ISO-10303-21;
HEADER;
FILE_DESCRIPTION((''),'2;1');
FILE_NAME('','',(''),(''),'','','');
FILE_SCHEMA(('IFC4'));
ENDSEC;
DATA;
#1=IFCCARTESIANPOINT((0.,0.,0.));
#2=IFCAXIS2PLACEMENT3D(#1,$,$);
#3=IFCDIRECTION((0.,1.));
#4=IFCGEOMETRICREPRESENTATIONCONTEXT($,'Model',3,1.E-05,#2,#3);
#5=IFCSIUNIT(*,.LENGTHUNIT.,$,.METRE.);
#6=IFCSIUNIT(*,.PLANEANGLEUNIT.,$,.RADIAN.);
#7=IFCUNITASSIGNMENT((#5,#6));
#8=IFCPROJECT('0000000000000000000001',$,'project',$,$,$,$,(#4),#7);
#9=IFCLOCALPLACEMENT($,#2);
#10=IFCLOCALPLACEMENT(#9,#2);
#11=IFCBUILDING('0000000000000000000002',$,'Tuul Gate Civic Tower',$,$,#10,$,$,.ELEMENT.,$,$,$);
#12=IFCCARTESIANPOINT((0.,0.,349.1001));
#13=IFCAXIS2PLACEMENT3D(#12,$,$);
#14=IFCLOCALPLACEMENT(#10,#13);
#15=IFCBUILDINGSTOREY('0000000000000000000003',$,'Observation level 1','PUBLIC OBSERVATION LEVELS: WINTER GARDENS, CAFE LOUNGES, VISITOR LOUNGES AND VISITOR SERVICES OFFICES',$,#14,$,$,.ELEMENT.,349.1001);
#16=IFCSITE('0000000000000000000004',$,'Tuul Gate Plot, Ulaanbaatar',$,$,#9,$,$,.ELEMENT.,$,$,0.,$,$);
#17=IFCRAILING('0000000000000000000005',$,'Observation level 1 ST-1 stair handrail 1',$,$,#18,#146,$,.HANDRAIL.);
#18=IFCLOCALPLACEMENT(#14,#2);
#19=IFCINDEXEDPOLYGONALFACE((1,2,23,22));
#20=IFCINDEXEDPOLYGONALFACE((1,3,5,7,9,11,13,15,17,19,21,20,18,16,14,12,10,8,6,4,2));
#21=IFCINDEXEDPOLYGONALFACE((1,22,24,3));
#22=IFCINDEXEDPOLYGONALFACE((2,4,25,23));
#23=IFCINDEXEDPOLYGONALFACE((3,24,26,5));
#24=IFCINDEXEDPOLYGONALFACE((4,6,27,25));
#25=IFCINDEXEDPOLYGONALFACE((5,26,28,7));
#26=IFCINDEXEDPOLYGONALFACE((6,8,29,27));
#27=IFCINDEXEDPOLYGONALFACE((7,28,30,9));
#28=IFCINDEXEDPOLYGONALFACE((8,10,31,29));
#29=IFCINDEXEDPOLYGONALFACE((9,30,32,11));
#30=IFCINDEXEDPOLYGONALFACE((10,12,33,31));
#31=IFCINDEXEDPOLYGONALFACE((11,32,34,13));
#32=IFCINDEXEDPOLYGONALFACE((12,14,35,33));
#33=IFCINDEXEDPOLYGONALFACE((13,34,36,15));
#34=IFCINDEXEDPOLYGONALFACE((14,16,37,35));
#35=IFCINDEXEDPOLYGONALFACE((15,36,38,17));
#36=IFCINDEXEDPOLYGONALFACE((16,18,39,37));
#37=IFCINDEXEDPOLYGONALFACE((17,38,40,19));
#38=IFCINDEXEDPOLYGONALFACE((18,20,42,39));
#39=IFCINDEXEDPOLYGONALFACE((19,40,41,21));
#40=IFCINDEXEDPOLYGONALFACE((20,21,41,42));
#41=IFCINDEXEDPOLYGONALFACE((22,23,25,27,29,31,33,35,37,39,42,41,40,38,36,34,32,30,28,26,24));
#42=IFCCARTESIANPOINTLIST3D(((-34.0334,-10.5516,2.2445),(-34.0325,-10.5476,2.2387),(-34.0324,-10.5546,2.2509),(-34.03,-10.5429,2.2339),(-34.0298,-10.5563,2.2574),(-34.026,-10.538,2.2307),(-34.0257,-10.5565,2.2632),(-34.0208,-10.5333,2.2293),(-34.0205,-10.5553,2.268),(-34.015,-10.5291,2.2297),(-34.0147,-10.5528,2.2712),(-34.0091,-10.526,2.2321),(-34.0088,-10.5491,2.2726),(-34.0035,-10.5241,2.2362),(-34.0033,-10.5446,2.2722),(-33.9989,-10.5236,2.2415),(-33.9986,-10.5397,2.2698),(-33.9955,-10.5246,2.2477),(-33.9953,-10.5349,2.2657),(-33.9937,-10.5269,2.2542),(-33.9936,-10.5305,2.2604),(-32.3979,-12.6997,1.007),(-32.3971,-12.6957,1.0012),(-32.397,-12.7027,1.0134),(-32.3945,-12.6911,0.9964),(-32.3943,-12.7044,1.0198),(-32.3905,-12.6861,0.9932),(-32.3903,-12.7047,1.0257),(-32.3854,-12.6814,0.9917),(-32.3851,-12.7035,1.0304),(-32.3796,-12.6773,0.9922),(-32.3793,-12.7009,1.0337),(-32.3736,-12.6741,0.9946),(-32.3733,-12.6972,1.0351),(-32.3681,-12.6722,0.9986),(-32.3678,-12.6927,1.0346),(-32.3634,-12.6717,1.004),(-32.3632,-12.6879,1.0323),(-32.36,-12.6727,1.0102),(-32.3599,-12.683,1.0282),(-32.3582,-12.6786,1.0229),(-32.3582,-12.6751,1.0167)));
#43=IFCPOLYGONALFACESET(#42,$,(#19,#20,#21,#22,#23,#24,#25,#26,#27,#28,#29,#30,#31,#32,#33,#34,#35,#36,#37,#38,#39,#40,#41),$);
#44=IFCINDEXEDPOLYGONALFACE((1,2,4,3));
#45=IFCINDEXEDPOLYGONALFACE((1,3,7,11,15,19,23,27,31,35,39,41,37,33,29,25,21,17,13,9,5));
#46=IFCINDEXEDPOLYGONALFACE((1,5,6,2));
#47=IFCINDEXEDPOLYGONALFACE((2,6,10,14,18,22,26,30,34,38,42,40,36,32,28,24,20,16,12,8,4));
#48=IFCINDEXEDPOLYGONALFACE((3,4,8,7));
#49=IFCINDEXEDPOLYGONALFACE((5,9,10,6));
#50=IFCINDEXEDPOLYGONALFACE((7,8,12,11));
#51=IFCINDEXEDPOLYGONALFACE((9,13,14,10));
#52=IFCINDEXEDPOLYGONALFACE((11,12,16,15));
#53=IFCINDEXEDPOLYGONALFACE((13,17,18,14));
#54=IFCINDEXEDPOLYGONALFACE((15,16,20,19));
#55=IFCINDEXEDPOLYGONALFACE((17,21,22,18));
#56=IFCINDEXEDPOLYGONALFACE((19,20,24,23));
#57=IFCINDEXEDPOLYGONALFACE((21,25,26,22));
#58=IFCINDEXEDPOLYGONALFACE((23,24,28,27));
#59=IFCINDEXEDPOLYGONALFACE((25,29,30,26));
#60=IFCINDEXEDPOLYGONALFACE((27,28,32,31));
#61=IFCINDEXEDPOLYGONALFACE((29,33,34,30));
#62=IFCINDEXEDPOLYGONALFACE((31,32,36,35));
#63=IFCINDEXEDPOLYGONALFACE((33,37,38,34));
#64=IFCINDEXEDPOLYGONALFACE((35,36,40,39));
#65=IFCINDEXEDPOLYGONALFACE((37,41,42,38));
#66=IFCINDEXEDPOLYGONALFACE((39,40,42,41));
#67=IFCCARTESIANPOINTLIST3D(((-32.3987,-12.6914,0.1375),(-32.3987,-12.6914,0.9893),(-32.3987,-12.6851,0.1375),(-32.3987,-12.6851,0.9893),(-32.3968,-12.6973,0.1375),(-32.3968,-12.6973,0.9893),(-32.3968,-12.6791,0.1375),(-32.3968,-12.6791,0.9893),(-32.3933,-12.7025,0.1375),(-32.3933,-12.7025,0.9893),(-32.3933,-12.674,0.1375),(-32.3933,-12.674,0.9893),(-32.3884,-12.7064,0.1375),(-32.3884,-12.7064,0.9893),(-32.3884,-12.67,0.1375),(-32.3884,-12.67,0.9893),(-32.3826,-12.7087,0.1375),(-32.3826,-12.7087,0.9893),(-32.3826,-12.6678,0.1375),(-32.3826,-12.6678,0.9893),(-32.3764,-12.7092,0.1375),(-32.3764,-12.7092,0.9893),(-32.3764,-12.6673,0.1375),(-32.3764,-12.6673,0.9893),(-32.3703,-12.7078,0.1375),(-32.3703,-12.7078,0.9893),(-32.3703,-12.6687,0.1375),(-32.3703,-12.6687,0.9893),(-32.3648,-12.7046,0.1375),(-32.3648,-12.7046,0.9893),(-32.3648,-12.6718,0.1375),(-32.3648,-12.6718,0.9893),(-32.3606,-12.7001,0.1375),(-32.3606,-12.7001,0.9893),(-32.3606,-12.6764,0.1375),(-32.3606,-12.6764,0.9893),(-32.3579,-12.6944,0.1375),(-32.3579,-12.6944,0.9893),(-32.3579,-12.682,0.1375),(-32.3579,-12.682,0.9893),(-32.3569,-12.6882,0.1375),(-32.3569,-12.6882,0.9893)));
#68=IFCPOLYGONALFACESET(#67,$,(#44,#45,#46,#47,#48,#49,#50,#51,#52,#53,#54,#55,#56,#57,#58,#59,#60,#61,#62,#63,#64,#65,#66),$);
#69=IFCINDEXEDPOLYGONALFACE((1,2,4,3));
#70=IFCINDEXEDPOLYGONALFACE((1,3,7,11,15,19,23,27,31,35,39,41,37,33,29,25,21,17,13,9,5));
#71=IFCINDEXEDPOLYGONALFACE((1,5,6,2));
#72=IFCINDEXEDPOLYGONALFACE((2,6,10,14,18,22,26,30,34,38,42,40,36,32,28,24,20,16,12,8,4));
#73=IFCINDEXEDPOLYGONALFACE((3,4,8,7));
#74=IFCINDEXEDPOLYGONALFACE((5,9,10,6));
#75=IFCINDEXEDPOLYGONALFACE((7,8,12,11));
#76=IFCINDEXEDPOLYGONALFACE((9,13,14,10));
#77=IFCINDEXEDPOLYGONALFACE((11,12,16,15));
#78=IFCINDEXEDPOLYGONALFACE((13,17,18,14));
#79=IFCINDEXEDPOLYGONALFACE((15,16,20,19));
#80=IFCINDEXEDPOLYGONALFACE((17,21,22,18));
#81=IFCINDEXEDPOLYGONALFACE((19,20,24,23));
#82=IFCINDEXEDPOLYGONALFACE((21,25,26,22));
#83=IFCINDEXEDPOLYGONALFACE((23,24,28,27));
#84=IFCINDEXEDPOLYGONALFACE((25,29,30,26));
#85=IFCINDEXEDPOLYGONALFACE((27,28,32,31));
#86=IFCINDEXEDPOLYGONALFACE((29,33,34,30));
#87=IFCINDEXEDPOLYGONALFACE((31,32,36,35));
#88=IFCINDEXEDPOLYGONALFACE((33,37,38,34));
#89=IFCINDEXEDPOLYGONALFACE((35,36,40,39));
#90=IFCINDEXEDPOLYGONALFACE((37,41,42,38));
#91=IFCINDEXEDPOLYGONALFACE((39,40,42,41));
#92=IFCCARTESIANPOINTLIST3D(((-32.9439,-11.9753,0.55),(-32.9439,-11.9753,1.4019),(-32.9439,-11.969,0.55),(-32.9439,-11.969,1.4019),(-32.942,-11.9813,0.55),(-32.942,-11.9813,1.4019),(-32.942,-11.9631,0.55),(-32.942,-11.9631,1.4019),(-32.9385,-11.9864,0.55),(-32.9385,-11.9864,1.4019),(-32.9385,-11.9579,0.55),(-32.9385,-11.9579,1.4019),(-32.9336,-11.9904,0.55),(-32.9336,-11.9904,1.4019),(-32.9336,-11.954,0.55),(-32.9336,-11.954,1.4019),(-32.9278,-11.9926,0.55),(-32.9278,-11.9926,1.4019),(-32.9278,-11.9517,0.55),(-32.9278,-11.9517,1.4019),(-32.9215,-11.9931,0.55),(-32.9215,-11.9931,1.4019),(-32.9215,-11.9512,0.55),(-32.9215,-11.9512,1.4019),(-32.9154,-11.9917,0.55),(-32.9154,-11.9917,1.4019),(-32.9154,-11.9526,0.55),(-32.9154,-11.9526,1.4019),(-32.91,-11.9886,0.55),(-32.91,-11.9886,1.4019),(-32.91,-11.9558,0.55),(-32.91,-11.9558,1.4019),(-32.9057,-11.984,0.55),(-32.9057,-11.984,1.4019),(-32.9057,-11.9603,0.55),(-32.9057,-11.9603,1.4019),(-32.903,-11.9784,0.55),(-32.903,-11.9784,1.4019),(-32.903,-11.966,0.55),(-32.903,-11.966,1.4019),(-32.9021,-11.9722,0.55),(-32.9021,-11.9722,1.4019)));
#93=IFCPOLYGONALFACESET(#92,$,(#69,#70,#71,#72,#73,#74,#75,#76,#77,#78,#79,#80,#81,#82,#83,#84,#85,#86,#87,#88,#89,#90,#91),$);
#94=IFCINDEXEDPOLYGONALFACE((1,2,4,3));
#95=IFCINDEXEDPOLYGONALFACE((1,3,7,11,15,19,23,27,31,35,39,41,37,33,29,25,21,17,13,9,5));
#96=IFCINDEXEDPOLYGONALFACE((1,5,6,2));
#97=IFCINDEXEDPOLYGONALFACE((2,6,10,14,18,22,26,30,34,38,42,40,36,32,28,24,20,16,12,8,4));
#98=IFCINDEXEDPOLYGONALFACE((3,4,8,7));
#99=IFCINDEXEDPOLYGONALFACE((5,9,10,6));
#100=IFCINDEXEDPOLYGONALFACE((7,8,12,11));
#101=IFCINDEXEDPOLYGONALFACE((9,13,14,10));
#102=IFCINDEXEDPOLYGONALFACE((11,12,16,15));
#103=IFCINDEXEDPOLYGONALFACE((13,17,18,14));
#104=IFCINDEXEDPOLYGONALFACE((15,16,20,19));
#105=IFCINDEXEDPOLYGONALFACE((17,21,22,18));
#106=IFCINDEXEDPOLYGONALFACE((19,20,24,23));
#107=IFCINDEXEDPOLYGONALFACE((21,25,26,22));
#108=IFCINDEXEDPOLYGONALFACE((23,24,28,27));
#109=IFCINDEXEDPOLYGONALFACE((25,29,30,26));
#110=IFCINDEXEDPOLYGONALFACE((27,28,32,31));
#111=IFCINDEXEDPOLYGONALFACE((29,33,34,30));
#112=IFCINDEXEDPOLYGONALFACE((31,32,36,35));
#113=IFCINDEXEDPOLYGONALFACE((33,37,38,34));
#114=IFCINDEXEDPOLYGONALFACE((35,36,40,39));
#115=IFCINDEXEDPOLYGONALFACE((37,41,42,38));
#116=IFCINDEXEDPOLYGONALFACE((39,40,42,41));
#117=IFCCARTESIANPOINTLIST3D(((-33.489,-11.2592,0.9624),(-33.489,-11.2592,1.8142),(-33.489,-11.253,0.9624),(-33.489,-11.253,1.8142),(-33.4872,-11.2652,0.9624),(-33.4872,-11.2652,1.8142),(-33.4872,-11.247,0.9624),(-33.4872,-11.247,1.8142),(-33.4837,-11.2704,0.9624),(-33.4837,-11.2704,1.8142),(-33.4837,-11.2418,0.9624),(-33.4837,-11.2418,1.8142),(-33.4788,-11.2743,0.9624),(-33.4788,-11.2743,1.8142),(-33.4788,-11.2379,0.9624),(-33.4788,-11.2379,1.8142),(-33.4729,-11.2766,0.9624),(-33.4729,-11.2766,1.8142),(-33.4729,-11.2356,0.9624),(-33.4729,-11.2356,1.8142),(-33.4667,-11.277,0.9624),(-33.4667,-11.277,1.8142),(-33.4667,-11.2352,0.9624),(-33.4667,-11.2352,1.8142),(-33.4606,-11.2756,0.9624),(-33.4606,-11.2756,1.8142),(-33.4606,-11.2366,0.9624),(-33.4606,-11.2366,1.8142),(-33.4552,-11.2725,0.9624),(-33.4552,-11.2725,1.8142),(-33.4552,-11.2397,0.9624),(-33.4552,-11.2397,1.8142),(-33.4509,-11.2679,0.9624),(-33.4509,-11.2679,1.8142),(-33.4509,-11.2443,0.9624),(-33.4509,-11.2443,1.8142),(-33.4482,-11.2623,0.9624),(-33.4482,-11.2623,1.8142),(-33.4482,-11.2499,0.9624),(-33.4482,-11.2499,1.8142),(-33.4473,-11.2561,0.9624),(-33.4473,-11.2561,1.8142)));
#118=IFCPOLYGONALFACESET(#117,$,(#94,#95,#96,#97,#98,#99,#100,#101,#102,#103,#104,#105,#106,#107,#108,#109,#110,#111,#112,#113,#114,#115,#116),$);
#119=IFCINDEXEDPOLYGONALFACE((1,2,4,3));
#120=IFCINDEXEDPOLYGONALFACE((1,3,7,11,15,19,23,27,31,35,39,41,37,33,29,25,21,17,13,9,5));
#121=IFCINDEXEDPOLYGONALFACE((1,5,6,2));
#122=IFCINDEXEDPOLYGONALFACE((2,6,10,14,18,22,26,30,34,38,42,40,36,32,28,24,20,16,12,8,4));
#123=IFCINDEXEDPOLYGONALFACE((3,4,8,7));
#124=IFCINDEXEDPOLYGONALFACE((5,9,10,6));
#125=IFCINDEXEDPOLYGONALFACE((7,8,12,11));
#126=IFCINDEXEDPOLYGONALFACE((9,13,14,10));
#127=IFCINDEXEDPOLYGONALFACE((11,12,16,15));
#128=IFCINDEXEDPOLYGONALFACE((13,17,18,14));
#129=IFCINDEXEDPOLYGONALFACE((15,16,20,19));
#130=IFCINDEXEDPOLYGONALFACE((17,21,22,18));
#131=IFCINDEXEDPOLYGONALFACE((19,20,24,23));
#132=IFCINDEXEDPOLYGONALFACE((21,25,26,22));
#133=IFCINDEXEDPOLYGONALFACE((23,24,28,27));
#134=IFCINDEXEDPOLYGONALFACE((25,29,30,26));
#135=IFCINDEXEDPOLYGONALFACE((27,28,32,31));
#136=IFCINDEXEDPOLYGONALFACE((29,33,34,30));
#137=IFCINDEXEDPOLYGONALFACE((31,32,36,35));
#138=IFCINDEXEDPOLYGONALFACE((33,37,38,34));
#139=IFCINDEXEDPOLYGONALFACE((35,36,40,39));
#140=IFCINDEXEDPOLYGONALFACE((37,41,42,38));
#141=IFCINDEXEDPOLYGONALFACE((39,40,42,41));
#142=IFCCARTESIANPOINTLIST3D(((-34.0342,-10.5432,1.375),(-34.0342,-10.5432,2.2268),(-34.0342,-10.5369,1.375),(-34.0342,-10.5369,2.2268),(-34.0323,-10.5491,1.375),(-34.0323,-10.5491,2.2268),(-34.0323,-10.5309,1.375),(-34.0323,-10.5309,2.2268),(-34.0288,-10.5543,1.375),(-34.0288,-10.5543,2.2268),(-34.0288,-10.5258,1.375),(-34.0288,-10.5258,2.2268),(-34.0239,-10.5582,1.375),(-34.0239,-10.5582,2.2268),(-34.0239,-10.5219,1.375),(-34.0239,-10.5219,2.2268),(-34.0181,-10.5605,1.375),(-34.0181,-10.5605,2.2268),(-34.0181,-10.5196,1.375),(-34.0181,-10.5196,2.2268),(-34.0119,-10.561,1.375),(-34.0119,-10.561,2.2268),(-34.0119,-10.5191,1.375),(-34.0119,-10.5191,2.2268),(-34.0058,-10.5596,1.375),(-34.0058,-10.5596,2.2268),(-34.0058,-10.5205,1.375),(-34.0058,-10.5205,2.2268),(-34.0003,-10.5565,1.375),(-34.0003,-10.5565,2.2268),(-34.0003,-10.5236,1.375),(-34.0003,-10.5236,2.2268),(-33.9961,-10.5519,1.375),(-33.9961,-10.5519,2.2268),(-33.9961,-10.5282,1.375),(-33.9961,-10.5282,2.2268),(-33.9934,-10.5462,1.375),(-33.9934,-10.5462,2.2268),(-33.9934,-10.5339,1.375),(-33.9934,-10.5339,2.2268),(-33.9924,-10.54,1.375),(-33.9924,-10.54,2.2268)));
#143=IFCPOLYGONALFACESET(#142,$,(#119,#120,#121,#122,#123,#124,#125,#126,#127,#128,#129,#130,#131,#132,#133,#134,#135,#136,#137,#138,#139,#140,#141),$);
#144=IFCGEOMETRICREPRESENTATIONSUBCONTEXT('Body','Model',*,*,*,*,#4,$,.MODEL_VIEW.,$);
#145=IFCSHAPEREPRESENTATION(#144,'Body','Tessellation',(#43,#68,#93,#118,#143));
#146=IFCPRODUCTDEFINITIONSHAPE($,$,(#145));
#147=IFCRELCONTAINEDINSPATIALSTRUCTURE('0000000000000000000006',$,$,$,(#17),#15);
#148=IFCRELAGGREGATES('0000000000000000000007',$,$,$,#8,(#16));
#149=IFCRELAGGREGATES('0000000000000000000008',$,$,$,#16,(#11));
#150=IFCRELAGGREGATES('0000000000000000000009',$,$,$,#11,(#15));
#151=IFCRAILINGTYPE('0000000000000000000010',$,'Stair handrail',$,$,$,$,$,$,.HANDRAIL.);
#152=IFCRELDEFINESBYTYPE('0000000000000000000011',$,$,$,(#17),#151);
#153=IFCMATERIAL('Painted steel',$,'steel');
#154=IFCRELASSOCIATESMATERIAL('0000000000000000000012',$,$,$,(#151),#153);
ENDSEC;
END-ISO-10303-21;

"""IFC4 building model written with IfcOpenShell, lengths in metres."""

from ifc_helpers import new_model, si_unit, direction, frame, origin, origin_2d, place, context, subcontext, project, spatial, circle, extrude, material, type_object, element, save


model = new_model("IFC4")

# Units and contexts
model_context = context("Model", 3, precision=1e-05, world=origin(), true_north=direction((0.0, 1.0)))
body_context = subcontext(model_context, "Body", "Model", "MODEL_VIEW")
ifc_project = project(units=[si_unit("LENGTHUNIT", "METRE"), si_unit("PLANEANGLEUNIT", "RADIAN")], contexts=[model_context])

# Site, building, storey
site_placement = place(None, origin())
site = spatial("IfcSite", under=ifc_project, at=site_placement, Name="Tuul Gate Plot, Ulaanbaatar", CompositionType="ELEMENT", RefElevation=0.0)
building_placement = place(site_placement, origin())
building = spatial("IfcBuilding", under=site, at=building_placement, Name="Tuul Gate Civic Tower", CompositionType="ELEMENT")
storey_placement = place(building_placement, frame((0.0, 0.0, 349.1001)))
storey = spatial("IfcBuildingStorey", under=building, at=storey_placement, Name="Observation level 1", Description="PUBLIC OBSERVATION LEVELS: WINTER GARDENS, CAFE LOUNGES, VISITOR LOUNGES AND VISITOR SERVICES OFFICES", CompositionType="ELEMENT", Elevation=349.1001)

# Railing
ifc_material_1 = material(Name="Painted steel", Category="steel")
railing_type_1 = type_object("IfcRailingType", Name="Stair handrail", PredefinedType="HANDRAIL", material=ifc_material_1)
railing_1_placement = place(storey_placement, frame((-32.3779, -12.6882, 0.1375)))
element("IfcRailing", 1, at=railing_1_placement, inside=storey, type_object=railing_type_1, Name="Observation level 1 ST-1 stair handrail 1", PredefinedType="HANDRAIL", context=body_context, shape_type="SweptSolid", body=[
    extrude(circle(Radius=0.0239, at=origin_2d()), frame((0.0, 0.0, 0.876), z_axis=(-0.550666, 0.723289, 0.416678), x_axis=(-0.79565, -0.605757, 0.0)), (0.0, 0.0, 1.0), 2.97),
    extrude(circle(Radius=0.021, at=origin_2d()), origin(), (0.0, 0.0, 1.0), 0.8518),
    extrude(circle(Radius=0.021, at=origin_2d()), frame((-0.5452, 0.7161, 0.4126)), (0.0, 0.0, 1.0), 0.8518),
    extrude(circle(Radius=0.021, at=origin_2d()), frame((-1.0903, 1.4321, 0.825)), (0.0, 0.0, 1.0), 0.8518),
    extrude(circle(Radius=0.021, at=origin_2d()), frame((-1.6355, 2.1482, 1.2375)), (0.0, 0.0, 1.0), 0.8518),
])

save(model, "model.ifc")
